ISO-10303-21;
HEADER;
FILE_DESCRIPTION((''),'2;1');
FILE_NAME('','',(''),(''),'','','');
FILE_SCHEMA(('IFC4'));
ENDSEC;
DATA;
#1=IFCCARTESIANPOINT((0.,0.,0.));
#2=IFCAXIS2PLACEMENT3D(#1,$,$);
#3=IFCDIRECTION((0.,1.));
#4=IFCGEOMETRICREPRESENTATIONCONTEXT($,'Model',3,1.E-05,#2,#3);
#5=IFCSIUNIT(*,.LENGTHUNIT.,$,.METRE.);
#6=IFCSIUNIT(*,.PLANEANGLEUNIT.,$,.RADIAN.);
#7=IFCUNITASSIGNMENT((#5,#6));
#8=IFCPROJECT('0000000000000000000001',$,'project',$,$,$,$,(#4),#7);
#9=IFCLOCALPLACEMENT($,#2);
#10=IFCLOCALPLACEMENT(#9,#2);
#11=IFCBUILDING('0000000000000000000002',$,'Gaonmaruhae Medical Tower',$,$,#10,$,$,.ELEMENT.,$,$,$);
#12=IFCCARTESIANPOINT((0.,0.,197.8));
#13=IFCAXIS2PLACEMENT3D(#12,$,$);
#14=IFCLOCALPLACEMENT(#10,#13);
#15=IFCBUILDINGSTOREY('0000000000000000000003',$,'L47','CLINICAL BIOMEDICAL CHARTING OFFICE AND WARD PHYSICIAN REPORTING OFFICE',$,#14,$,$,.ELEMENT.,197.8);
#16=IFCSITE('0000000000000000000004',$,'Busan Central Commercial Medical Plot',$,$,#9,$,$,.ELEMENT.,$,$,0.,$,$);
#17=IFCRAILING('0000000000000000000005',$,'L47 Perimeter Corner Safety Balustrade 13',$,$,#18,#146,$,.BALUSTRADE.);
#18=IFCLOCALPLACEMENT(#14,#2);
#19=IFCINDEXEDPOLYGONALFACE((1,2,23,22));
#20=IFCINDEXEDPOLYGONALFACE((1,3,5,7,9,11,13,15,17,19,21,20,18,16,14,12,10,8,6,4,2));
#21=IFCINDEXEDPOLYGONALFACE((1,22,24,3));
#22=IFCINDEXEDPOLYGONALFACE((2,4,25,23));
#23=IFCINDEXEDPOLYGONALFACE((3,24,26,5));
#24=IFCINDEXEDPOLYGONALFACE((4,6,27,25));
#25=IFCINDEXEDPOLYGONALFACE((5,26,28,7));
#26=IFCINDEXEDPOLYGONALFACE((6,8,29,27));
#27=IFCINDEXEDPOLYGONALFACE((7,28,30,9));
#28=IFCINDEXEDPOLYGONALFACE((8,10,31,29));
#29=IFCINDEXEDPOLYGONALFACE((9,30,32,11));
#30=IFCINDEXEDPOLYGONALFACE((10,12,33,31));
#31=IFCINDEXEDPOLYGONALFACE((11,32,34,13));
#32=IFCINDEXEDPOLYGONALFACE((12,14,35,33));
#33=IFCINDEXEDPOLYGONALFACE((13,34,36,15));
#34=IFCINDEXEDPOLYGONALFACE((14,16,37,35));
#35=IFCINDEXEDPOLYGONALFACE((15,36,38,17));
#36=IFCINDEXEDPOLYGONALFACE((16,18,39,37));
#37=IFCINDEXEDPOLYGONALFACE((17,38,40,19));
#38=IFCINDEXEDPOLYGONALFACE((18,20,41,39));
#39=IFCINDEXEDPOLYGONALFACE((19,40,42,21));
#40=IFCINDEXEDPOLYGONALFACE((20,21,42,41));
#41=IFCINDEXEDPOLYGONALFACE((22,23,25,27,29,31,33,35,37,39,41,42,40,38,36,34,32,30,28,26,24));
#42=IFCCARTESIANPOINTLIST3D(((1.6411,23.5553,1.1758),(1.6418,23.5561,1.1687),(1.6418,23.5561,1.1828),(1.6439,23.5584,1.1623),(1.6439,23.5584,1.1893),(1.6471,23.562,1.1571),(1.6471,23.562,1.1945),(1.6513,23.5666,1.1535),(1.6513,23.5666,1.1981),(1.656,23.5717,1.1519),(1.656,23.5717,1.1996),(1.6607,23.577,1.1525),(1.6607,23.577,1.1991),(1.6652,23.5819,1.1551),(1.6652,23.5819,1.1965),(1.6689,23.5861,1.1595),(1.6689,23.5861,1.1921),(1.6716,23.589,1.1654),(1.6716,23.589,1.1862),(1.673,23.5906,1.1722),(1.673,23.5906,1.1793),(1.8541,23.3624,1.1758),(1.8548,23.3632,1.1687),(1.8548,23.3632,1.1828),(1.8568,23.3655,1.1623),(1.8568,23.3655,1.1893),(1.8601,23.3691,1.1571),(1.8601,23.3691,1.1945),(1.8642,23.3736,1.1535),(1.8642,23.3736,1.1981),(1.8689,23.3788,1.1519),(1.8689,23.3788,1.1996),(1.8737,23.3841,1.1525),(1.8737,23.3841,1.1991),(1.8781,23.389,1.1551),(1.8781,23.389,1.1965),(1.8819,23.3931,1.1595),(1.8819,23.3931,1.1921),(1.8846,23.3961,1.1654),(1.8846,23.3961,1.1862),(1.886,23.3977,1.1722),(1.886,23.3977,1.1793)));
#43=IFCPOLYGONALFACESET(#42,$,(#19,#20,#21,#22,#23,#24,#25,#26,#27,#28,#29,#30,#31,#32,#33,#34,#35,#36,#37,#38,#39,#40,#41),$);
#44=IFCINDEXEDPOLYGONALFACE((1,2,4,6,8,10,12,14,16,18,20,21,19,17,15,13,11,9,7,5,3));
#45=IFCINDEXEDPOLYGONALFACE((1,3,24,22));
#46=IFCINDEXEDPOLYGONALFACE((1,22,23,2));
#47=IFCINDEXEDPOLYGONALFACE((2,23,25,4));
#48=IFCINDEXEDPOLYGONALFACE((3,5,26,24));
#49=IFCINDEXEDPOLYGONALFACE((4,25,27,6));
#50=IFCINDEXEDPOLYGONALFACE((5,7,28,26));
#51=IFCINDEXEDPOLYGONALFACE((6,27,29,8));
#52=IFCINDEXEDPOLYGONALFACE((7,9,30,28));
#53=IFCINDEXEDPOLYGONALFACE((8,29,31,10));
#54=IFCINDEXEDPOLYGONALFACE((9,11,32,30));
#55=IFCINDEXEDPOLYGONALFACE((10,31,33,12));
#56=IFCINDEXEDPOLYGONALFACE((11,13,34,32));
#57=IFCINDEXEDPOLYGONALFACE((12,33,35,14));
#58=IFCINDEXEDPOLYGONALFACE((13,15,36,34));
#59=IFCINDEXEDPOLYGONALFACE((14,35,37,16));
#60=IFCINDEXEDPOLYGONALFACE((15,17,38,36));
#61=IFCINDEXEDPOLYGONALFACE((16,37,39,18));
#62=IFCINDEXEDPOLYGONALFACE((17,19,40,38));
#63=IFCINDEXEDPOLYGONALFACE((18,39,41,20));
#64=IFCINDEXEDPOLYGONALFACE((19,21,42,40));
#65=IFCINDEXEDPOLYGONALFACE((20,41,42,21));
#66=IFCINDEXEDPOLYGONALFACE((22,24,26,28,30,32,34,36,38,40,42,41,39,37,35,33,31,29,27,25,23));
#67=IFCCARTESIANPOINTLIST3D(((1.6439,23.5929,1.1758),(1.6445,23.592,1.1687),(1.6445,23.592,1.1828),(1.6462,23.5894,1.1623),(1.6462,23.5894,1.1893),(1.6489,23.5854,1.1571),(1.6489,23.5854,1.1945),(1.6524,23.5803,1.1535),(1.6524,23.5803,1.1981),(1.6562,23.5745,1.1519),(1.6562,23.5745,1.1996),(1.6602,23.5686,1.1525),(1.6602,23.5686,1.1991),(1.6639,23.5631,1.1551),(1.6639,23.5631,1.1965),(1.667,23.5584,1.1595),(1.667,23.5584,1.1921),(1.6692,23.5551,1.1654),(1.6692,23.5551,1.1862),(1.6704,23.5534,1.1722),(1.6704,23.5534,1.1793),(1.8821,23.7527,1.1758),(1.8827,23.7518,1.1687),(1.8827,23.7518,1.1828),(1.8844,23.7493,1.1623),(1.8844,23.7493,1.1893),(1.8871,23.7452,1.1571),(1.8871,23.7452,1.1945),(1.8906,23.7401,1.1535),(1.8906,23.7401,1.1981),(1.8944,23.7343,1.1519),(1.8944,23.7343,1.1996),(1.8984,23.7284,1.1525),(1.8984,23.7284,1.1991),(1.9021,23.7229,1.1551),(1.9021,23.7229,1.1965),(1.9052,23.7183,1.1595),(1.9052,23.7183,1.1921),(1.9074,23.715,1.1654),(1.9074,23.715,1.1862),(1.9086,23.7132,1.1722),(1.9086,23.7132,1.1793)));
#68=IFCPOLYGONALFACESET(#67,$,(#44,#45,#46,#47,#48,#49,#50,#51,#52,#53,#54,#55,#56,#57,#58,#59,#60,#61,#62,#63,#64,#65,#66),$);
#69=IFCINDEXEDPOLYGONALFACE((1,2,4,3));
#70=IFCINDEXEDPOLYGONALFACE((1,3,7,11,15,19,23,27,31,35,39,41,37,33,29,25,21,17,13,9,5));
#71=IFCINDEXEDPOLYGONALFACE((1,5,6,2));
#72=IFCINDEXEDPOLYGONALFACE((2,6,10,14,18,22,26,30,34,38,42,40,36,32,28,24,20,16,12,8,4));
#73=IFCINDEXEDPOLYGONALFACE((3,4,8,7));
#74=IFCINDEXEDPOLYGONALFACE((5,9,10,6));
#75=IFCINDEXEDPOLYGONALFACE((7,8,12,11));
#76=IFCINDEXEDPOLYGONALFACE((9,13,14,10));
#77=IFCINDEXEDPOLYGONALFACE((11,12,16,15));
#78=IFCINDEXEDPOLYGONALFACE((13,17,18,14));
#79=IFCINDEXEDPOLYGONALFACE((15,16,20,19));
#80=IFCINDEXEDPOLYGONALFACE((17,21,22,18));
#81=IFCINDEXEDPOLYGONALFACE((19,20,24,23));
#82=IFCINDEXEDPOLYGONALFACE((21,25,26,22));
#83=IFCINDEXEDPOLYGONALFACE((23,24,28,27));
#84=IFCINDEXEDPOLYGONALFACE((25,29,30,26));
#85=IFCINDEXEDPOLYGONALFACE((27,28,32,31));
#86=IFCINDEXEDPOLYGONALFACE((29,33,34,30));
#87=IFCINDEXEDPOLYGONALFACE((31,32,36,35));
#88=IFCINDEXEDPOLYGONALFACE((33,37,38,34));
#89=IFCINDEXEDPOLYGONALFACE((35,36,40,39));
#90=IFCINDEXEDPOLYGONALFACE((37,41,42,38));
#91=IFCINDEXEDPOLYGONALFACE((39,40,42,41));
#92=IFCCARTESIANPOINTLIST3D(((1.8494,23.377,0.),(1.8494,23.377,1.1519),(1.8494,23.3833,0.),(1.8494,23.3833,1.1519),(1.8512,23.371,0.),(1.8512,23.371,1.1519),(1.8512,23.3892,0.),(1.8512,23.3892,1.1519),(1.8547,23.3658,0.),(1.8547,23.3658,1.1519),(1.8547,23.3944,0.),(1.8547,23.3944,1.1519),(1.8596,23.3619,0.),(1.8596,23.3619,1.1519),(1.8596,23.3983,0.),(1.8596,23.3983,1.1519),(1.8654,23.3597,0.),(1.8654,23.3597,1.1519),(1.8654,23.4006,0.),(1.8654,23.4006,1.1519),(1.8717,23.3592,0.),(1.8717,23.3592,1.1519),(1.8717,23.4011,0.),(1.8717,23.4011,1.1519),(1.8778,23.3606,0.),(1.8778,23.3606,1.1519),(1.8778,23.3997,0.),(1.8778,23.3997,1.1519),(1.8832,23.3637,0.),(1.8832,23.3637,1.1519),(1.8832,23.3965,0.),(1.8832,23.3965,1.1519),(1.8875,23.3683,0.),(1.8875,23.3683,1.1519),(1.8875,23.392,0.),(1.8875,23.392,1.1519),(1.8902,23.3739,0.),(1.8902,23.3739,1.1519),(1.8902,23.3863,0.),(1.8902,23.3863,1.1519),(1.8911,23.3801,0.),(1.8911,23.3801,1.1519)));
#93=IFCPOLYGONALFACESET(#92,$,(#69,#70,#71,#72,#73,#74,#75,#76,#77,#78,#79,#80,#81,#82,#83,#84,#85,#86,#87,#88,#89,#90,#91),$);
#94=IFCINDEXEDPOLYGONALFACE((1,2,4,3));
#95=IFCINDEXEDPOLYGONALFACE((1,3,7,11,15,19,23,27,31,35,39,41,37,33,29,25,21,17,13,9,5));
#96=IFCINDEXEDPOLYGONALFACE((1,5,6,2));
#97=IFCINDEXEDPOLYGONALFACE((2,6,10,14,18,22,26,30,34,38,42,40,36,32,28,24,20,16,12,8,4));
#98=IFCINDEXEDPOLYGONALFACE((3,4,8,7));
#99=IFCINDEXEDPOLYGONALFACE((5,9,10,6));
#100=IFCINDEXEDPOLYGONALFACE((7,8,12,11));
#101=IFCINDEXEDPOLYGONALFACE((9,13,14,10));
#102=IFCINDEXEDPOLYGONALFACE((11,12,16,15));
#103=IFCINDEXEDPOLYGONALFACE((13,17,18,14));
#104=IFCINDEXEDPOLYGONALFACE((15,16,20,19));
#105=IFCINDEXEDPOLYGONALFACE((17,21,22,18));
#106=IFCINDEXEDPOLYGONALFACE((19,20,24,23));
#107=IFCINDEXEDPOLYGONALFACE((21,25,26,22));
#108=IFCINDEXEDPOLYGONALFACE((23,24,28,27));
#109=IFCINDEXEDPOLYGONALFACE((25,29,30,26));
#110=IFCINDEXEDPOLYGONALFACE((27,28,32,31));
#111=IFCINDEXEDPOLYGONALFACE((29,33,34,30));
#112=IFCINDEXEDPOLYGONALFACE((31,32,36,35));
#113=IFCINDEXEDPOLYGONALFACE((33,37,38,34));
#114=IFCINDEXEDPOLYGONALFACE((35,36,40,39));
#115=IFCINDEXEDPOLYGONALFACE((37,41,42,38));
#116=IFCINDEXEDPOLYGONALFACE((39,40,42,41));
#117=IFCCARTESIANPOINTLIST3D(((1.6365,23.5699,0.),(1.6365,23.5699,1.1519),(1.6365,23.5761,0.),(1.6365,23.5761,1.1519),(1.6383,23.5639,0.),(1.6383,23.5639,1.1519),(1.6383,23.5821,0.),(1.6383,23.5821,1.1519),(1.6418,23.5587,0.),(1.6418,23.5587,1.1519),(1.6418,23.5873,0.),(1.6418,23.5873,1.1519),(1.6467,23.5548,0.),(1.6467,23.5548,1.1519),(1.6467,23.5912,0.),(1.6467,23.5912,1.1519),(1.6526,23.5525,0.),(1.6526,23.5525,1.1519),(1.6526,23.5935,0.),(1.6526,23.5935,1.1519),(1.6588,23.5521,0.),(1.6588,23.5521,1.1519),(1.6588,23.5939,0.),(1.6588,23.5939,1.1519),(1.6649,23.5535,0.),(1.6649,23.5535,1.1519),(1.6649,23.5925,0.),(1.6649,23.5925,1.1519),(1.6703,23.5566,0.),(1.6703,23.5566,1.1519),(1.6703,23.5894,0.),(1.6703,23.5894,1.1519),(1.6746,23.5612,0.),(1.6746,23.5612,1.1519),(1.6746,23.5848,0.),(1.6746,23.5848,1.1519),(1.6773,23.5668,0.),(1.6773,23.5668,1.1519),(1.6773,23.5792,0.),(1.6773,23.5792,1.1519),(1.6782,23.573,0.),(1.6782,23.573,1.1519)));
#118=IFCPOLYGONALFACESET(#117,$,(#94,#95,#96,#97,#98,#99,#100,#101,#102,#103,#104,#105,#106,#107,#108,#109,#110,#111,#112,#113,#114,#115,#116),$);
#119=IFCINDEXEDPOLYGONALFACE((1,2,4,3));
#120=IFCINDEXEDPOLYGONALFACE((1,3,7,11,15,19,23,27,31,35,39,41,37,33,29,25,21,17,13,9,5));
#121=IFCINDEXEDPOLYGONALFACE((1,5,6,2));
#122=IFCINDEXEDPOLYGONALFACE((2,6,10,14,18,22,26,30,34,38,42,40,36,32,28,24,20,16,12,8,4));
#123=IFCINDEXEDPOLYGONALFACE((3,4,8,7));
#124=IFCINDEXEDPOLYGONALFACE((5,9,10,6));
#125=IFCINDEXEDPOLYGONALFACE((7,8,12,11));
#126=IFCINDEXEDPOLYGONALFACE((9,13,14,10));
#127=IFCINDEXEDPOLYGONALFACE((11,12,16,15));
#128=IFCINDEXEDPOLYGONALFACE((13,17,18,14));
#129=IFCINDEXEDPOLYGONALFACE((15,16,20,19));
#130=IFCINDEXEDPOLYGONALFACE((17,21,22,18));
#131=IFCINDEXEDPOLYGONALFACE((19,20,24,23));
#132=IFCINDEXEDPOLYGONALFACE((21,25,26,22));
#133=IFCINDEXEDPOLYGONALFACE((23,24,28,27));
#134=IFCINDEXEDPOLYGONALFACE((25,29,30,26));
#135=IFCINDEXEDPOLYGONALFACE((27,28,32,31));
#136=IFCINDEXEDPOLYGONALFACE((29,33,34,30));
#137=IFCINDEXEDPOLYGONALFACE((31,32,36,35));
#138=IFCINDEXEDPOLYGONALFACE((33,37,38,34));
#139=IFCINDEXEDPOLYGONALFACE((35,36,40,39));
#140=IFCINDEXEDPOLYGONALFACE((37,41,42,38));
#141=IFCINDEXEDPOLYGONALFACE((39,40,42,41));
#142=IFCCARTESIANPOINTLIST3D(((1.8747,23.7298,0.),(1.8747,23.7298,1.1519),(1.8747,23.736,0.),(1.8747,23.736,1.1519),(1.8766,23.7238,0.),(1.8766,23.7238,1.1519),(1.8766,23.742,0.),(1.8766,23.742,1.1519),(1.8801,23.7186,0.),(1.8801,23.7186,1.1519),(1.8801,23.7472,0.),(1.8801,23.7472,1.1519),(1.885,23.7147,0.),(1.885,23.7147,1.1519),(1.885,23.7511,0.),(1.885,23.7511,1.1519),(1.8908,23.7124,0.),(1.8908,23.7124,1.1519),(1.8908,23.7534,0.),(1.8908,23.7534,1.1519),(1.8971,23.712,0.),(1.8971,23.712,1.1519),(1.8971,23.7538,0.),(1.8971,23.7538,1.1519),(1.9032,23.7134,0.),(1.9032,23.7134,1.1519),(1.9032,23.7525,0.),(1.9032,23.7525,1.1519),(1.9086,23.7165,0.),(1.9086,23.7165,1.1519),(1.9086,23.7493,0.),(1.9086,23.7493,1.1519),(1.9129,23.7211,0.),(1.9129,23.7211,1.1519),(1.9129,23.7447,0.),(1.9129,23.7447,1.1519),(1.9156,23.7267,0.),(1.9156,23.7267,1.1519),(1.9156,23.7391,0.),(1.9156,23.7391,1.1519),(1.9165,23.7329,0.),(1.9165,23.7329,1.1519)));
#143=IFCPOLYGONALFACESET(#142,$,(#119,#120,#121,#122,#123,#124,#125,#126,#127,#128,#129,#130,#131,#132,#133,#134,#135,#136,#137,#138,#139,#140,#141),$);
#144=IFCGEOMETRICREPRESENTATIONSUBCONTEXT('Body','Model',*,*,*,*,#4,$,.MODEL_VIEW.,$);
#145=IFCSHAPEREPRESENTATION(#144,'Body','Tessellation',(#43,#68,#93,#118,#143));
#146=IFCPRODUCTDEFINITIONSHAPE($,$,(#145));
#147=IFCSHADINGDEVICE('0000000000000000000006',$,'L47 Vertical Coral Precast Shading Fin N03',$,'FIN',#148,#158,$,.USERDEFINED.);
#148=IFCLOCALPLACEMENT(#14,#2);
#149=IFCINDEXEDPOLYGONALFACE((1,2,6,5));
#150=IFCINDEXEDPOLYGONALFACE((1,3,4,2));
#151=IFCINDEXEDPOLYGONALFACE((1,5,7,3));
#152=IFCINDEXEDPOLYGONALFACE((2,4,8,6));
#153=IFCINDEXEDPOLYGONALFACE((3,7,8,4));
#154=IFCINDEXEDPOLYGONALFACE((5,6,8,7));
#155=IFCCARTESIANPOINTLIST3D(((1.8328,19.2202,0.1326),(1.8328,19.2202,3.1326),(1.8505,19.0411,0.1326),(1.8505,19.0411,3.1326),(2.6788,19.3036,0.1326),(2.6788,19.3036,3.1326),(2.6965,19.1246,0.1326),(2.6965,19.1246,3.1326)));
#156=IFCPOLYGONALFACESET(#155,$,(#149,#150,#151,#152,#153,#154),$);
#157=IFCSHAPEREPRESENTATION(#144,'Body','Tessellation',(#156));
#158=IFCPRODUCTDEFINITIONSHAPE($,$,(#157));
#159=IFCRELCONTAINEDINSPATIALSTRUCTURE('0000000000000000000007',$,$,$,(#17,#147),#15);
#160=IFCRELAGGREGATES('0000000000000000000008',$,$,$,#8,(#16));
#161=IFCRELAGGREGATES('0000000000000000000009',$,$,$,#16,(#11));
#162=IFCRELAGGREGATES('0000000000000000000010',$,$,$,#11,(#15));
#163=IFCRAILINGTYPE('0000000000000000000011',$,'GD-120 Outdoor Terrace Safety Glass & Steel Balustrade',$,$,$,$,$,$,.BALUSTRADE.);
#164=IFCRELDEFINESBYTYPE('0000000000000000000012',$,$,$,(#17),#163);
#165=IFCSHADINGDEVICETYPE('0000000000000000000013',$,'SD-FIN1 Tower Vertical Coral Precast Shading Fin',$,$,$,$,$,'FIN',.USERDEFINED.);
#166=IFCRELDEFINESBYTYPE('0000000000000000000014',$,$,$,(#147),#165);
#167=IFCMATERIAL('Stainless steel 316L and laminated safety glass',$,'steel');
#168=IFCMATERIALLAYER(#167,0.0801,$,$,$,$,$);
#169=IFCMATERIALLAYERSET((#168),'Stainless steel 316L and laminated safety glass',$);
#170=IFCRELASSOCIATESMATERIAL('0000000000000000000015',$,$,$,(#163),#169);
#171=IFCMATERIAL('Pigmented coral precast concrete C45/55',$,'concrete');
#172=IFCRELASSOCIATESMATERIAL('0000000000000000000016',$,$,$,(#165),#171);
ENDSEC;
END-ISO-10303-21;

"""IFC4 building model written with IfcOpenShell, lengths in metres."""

from ifc_helpers import new_model, si_unit, direction, frame, origin, origin_2d, place, context, subcontext, project, spatial, rectangle, circle, extrude, material, layer, layer_set, type_object, element, save


model = new_model("IFC4")

# Units and contexts
model_context = context("Model", 3, precision=1e-05, world=origin(), true_north=direction((0.0, 1.0)))
body_context = subcontext(model_context, "Body", "Model", "MODEL_VIEW")
ifc_project = project(units=[si_unit("LENGTHUNIT", "METRE"), si_unit("PLANEANGLEUNIT", "RADIAN")], contexts=[model_context])

# Site, building, storey
site_placement = place(None, origin())
site = spatial("IfcSite", under=ifc_project, at=site_placement, Name="Busan Central Commercial Medical Plot", CompositionType="ELEMENT", RefElevation=0.0)
building_placement = place(site_placement, origin())
building = spatial("IfcBuilding", under=site, at=building_placement, Name="Gaonmaruhae Medical Tower", CompositionType="ELEMENT")
storey_placement = place(building_placement, frame((0.0, 0.0, 197.8)))
storey = spatial("IfcBuildingStorey", under=building, at=storey_placement, Name="L47", Description="CLINICAL BIOMEDICAL CHARTING OFFICE AND WARD PHYSICIAN REPORTING OFFICE", CompositionType="ELEMENT", Elevation=197.8)

# Railing
ifc_material_1 = material(Name="Stainless steel 316L and laminated safety glass", Category="steel")
ifc_layer_1 = layer(ifc_material_1, 0.0801)
ifc_layer_set_1 = layer_set([ifc_layer_1], Name="Stainless steel 316L and laminated safety glass")
railing_type = type_object("IfcRailingType", Name="GD-120 Outdoor Terrace Safety Glass & Steel Balustrade", PredefinedType="BALUSTRADE", material=ifc_layer_set_1)
railing_1_placement = place(storey_placement, frame((1.8701, 23.3801, 0.0)))
element("IfcRailing", 1, at=railing_1_placement, inside=storey, type_object=railing_type, Name="L47 Perimeter Corner Safety Balustrade 13", PredefinedType="BALUSTRADE", context=body_context, shape_type="SweptSolid", body=[
    extrude(circle(Radius=0.0239, at=origin_2d()), frame((0.0, 0.0, 1.1758), z_axis=(-0.741093, 0.671403, 0.0), x_axis=(-0.671403, -0.741093, 0.0)), (0.0, 0.0, 1.0), 0.2874),
    extrude(circle(Radius=0.0239, at=origin_2d()), frame((-0.2129, 0.1929, 1.1758), z_axis=(0.830345, 0.55725, 0.0), x_axis=(-0.55725, 0.830345, 0.0)), (0.0, 0.0, 1.0), 0.2869),
    extrude(circle(Radius=0.021, at=origin_2d()), origin(), (0.0, 0.0, 1.0), 1.1519),
    extrude(circle(Radius=0.021, at=origin_2d()), frame((-0.2129, 0.1929, 0.0)), (0.0, 0.0, 1.0), 1.1519),
    extrude(circle(Radius=0.021, at=origin_2d()), frame((0.0254, 0.3528, 0.0)), (0.0, 0.0, 1.0), 1.1519),
])

# Shading device
ifc_material_2 = material(Name="Pigmented coral precast concrete C45/55", Category="concrete")
shading_device_type = type_object("IfcShadingDeviceType", Name="SD-FIN1 Tower Vertical Coral Precast Shading Fin", ElementType="FIN", PredefinedType="USERDEFINED", material=ifc_material_2)
shading_device_placement = place(storey_placement, frame((2.2646, 19.1724, 0.1326), z_axis=(0.0, 0.0, 1.0), x_axis=(-0.098156, 0.995171, 0.0)))
element("IfcShadingDevice", 2, at=shading_device_placement, inside=storey, type_object=shading_device_type, Name="L47 Vertical Coral Precast Shading Fin N03", ObjectType="FIN", PredefinedType="USERDEFINED", context=body_context, shape_type="SweptSolid", body=[
    extrude(rectangle(XDim=0.1799, YDim=0.8501, at=origin_2d()), origin(), (0.0, 0.0, 1.0), 3.0),
])

save(model, "model.ifc")
